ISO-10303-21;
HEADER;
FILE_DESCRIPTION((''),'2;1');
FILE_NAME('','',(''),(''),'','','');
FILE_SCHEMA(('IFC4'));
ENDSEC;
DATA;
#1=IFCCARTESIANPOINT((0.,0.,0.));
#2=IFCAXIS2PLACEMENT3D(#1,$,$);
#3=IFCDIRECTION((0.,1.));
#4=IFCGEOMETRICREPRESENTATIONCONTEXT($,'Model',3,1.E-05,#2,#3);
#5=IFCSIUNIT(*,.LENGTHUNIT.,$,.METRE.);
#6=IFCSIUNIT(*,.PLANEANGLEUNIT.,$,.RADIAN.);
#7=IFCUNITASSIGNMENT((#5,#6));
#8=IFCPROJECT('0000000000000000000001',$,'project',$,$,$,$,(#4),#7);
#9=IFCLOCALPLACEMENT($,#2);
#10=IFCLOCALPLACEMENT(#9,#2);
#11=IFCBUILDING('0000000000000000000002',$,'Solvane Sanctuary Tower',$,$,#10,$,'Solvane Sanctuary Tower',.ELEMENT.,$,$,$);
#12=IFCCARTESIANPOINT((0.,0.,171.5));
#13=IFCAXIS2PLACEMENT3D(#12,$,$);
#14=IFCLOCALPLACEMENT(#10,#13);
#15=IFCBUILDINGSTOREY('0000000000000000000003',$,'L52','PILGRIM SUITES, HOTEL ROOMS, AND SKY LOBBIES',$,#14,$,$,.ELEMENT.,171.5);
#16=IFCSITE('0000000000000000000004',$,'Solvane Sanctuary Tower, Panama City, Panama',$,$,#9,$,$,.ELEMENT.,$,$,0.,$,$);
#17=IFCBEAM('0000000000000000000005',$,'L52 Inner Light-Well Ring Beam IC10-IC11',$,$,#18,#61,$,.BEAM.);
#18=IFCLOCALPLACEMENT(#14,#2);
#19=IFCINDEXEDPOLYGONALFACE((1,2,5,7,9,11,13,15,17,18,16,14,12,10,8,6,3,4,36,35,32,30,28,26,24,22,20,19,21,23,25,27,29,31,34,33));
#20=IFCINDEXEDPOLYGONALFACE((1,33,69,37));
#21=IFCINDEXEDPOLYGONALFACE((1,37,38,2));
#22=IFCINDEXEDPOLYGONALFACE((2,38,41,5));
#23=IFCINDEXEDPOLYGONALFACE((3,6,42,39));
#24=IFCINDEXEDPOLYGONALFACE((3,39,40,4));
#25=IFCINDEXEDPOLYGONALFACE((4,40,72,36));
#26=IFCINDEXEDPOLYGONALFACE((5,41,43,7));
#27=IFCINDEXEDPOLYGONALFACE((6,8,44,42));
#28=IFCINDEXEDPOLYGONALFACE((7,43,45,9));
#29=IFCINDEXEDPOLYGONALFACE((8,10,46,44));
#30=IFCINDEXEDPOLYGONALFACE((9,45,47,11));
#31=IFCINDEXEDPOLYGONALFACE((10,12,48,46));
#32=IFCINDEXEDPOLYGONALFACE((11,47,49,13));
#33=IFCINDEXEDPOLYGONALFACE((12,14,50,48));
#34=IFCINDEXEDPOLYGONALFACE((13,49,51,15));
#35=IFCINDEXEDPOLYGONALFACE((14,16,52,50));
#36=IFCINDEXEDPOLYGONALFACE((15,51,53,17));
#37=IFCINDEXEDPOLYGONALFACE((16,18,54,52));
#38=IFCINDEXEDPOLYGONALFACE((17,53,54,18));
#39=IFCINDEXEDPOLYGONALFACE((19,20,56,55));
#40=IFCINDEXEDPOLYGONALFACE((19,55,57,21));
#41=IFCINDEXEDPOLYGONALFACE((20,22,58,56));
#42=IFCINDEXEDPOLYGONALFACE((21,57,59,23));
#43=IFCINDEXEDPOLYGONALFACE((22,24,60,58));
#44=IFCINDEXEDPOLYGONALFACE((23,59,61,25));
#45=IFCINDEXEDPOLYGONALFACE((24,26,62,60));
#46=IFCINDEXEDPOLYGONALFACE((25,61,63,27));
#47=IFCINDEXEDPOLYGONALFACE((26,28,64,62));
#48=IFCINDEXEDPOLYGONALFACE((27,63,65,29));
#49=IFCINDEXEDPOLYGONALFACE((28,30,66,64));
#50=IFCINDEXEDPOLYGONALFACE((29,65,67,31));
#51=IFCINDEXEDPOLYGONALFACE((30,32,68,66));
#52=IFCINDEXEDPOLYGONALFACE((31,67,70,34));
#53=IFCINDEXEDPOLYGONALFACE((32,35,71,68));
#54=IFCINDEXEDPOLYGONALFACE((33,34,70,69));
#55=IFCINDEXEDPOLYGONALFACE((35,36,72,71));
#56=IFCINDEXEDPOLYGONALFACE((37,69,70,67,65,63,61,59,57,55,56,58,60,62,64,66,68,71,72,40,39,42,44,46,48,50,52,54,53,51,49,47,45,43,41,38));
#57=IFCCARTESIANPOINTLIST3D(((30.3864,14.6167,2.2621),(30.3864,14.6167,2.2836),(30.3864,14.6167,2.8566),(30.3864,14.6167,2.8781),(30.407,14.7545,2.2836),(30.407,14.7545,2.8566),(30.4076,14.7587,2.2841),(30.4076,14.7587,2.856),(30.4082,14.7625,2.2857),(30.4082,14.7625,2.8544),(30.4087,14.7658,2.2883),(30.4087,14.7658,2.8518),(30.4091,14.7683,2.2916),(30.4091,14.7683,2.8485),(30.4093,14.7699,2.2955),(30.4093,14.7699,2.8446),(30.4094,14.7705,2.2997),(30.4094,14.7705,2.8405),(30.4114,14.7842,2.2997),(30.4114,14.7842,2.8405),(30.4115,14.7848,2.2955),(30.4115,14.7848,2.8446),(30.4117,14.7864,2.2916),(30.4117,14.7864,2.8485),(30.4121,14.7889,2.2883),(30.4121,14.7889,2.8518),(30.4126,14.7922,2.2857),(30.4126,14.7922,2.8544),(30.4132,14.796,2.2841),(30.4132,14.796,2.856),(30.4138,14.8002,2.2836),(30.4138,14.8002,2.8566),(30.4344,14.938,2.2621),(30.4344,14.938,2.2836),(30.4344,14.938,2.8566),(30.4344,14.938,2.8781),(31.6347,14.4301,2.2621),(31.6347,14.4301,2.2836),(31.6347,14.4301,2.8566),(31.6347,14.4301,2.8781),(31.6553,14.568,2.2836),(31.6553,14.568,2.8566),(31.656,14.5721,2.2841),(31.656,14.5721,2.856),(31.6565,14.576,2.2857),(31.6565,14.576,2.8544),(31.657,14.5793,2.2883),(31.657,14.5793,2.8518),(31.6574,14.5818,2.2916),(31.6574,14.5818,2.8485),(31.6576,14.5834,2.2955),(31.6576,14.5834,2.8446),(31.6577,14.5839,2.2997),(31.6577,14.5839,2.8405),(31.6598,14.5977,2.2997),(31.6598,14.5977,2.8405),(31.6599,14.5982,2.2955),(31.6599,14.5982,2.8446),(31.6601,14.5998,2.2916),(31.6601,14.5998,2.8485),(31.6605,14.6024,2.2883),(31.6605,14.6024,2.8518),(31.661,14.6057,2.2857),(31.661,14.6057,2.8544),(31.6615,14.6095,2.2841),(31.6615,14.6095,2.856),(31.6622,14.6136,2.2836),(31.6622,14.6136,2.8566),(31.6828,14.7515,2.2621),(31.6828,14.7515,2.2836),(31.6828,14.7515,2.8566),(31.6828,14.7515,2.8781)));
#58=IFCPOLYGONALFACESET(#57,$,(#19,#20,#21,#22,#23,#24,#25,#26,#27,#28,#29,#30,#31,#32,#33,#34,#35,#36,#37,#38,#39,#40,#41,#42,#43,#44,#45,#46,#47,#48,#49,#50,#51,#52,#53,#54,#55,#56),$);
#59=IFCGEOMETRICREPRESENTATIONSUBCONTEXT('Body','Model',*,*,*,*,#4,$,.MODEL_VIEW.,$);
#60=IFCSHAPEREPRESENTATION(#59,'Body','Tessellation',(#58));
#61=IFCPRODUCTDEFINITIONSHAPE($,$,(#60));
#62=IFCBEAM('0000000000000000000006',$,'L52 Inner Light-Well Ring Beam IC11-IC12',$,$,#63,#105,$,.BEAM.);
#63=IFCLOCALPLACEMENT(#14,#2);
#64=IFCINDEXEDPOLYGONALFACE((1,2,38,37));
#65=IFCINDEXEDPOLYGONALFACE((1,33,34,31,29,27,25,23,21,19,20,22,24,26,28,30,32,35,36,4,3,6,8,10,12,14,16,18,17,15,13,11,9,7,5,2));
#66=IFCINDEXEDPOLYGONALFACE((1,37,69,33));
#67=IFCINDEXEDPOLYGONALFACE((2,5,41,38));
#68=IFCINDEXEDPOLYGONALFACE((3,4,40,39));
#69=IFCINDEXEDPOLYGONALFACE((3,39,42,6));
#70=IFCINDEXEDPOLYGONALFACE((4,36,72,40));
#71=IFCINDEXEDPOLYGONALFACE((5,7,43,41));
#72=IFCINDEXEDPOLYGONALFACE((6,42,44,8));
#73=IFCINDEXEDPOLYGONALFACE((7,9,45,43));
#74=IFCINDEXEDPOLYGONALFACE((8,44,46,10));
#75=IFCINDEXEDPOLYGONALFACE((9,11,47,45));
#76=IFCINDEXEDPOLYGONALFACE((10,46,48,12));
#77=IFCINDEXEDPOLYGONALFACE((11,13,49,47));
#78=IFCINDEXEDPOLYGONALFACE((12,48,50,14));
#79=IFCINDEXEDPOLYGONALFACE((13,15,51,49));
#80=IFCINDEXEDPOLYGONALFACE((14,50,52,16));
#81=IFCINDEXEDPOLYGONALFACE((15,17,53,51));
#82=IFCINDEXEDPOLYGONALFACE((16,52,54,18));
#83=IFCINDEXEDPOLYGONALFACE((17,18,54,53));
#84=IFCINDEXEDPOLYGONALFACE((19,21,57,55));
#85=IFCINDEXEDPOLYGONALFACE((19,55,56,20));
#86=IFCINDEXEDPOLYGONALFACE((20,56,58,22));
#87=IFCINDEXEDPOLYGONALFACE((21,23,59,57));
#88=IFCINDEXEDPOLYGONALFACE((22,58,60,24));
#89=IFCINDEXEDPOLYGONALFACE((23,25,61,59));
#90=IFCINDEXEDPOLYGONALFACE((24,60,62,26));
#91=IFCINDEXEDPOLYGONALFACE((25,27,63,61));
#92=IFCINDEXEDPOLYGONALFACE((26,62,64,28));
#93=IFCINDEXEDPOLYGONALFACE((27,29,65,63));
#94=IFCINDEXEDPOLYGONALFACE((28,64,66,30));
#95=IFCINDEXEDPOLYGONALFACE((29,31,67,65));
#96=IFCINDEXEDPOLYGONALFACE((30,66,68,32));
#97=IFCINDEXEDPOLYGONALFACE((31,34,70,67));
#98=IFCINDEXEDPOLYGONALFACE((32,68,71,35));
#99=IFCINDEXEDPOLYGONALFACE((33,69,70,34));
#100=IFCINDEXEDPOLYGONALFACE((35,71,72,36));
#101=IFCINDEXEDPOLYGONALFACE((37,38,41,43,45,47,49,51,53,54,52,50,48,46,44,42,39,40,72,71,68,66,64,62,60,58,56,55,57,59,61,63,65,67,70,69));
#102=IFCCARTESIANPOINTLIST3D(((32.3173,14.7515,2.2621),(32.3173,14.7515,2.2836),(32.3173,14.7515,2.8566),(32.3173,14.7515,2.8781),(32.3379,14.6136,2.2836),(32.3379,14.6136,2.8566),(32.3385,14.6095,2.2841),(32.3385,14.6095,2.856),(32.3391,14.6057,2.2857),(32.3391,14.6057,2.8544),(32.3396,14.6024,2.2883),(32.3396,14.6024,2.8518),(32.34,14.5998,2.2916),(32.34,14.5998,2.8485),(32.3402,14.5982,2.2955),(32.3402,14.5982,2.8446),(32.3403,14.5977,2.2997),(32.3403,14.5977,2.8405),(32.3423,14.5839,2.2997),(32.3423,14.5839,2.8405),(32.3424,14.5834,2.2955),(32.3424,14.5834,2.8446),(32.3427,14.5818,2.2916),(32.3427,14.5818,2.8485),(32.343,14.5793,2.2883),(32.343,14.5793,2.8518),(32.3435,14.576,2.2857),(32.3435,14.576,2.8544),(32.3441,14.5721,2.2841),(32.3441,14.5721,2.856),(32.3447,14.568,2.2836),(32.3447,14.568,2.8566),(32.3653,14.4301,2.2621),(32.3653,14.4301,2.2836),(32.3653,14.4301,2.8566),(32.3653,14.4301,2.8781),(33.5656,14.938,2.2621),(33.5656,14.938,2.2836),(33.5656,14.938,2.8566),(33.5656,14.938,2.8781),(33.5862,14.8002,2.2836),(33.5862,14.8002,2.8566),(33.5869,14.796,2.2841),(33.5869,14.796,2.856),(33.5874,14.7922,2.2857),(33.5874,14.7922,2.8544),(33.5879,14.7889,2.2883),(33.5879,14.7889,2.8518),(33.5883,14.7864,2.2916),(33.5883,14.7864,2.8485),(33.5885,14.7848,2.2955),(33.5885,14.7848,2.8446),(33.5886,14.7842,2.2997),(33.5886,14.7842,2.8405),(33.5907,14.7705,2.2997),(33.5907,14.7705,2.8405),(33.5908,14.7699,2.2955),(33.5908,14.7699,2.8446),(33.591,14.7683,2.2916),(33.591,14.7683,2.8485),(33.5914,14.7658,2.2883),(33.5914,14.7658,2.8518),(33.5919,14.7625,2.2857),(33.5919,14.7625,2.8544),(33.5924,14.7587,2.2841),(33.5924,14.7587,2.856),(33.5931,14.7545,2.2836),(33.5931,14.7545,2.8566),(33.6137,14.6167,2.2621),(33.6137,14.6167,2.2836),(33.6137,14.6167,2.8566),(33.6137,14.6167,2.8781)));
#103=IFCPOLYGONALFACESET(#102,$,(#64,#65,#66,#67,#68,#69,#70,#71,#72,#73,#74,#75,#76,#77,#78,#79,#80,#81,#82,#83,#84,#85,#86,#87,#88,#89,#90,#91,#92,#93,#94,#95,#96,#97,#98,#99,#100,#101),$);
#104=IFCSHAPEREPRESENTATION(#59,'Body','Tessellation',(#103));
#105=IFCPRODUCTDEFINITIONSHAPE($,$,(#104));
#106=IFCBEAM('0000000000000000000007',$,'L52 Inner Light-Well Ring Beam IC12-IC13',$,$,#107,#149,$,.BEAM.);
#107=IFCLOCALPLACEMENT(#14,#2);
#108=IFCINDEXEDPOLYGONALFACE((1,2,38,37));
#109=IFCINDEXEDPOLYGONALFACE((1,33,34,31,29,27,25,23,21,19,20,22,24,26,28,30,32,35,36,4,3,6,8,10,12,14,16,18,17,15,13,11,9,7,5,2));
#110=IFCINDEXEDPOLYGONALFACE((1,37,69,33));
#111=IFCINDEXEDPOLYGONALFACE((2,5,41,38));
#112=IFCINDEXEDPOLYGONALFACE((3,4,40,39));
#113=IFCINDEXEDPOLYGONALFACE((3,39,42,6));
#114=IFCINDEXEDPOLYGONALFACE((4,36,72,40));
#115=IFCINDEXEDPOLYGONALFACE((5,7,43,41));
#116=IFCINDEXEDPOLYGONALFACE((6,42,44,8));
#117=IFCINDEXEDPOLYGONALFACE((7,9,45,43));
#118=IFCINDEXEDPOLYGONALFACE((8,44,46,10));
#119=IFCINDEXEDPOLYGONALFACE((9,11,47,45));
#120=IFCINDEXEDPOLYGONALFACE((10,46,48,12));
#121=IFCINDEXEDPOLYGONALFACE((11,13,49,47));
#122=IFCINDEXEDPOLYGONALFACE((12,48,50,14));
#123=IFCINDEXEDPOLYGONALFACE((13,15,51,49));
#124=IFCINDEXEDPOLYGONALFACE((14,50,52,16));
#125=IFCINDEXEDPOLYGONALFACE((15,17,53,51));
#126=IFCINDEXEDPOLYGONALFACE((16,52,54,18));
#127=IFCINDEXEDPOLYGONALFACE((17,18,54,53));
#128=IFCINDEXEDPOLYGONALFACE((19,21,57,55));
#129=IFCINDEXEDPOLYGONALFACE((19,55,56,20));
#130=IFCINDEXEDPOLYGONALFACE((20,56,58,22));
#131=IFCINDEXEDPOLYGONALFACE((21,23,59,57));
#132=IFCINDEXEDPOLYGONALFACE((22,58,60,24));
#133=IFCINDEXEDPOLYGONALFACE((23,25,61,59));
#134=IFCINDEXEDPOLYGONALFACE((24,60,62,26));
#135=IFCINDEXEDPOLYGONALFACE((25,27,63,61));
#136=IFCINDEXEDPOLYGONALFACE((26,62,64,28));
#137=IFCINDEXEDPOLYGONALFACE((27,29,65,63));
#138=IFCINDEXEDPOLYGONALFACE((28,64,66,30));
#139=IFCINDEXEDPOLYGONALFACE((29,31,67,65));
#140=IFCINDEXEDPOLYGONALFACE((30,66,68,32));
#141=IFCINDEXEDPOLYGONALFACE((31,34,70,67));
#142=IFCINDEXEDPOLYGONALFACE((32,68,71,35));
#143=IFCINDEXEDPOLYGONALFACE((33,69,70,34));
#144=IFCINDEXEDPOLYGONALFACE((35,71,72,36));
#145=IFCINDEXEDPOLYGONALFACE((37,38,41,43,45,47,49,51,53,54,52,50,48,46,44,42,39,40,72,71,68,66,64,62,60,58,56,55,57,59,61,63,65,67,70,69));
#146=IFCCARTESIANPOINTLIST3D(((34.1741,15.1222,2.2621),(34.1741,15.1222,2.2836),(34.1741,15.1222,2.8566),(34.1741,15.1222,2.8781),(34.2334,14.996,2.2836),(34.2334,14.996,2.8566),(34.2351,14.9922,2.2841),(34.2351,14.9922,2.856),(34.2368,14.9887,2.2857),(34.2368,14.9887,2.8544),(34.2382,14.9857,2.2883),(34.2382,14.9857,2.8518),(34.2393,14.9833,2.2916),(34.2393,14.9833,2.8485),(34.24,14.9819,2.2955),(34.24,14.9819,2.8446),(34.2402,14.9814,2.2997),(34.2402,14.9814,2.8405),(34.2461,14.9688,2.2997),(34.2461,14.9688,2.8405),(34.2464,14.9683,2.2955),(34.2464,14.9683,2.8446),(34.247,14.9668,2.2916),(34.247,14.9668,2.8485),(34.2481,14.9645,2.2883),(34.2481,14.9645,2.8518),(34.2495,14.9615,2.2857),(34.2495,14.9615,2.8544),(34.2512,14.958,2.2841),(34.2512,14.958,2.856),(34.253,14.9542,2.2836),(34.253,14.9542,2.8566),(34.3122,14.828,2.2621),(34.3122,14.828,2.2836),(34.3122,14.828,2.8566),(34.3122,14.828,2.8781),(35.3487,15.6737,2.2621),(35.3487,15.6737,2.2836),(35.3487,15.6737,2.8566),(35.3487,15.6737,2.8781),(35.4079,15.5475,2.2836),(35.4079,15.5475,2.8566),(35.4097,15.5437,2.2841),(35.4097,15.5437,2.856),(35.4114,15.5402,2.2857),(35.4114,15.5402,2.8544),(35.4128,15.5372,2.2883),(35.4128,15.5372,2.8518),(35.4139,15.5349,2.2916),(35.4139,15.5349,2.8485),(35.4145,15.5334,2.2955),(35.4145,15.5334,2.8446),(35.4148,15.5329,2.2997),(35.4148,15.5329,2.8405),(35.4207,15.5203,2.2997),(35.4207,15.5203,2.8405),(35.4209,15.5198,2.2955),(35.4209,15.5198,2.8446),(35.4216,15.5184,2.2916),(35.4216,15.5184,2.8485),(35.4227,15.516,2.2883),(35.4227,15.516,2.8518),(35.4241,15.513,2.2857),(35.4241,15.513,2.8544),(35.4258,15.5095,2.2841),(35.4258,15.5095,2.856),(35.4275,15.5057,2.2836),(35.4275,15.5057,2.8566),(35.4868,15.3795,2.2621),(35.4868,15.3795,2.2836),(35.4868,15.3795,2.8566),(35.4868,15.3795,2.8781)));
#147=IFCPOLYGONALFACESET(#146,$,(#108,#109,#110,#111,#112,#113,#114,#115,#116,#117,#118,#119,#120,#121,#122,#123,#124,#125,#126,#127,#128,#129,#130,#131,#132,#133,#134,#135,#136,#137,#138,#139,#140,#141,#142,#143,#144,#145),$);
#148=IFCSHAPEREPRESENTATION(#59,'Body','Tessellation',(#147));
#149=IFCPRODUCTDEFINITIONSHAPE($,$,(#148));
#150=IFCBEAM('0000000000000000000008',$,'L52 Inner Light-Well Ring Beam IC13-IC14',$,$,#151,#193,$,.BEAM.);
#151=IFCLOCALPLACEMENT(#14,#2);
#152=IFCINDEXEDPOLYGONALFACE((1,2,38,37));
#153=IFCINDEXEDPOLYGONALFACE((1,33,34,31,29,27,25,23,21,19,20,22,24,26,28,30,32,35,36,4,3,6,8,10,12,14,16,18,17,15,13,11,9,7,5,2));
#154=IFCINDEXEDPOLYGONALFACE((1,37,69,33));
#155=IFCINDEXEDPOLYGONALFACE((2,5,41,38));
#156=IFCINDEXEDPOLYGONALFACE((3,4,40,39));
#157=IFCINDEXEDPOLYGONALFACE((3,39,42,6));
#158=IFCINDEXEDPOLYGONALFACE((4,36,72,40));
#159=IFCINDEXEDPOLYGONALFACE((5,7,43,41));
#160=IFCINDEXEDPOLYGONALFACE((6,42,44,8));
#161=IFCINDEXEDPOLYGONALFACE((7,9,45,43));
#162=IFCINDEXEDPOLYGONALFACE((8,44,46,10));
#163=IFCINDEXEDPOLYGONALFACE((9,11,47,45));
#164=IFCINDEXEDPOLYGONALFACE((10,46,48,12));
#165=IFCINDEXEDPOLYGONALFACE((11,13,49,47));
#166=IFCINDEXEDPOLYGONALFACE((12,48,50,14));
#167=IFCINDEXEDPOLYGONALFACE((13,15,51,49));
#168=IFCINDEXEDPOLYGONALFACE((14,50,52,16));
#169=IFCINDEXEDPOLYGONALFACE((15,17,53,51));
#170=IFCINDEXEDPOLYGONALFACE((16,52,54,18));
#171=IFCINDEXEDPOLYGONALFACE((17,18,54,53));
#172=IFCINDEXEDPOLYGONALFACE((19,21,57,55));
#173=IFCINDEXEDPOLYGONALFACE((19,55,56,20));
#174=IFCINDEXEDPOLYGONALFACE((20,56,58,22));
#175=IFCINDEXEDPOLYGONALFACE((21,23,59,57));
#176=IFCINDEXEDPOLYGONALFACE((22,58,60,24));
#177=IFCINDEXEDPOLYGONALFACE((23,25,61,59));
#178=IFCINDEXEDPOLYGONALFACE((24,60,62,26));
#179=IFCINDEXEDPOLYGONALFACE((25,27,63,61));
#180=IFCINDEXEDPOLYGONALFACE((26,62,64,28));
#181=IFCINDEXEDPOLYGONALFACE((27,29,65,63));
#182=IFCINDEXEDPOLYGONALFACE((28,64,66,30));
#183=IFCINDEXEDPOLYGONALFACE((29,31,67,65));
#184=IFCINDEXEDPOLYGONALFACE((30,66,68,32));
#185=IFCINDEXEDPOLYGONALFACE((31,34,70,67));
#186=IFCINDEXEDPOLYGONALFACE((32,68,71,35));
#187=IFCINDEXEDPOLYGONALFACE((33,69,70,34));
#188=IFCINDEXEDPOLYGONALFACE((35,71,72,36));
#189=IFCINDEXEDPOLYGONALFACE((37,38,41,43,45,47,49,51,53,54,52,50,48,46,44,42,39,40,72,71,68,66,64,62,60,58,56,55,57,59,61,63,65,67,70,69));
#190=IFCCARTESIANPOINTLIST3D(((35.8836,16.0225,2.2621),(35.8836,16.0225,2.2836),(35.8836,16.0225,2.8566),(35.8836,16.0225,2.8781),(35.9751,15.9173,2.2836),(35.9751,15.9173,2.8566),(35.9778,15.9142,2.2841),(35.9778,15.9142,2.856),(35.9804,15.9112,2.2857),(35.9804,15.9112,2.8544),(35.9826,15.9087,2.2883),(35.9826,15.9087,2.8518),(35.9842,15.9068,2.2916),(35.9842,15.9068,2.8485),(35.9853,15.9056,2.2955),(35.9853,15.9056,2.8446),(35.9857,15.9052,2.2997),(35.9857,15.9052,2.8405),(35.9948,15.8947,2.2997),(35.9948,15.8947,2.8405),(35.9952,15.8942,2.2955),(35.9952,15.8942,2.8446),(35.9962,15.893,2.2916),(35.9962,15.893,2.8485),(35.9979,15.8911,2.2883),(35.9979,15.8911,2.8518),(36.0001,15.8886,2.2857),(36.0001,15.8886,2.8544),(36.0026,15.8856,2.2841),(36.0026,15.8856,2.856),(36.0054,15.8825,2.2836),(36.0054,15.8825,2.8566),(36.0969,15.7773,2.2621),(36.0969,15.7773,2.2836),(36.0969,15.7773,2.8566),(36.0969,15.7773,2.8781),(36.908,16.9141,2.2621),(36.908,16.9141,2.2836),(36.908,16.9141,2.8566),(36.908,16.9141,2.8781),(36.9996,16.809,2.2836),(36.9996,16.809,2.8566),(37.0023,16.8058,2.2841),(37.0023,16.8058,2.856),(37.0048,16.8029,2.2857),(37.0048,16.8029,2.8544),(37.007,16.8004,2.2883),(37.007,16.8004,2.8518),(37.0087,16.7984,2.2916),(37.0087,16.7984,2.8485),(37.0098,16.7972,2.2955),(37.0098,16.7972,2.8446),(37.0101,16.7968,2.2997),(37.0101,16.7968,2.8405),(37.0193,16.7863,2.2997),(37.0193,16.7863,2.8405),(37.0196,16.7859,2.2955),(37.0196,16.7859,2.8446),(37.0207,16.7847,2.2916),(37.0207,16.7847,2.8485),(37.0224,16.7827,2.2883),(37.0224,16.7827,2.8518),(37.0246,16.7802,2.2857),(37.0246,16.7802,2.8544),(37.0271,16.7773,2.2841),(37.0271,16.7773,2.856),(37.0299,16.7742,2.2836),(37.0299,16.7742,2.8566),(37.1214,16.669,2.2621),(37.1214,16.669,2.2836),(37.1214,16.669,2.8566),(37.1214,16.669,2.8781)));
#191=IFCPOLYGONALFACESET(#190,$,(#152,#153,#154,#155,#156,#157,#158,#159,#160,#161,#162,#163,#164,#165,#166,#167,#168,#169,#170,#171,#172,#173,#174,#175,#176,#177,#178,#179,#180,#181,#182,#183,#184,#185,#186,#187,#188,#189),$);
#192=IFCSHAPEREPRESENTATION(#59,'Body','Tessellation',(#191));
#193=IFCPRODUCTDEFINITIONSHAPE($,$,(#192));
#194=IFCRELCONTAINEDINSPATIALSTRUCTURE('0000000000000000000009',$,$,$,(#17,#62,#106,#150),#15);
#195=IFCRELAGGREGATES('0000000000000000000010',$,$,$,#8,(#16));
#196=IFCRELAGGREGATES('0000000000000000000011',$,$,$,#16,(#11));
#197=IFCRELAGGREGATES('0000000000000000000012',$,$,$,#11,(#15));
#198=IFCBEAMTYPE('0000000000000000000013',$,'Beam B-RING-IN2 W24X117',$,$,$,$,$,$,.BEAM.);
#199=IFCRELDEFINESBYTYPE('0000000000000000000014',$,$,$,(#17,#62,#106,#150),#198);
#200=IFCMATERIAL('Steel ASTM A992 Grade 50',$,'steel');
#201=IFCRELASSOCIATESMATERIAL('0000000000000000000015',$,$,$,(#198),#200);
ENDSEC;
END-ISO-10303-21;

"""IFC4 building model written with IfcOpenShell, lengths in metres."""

from ifc_helpers import new_model, si_unit, direction, frame, origin, origin_2d, place, context, subcontext, project, spatial, i_section, extrude, material, material_profile, profile_set, type_object, element, save


model = new_model("IFC4")

# Units and contexts
model_context = context("Model", 3, precision=1e-05, world=origin(), true_north=direction((0.0, 1.0)))
body_context = subcontext(model_context, "Body", "Model", "MODEL_VIEW")
ifc_project = project(units=[si_unit("LENGTHUNIT", "METRE"), si_unit("PLANEANGLEUNIT", "RADIAN")], contexts=[model_context])

# Site, building, storey
site_placement = place(None, origin())
site = spatial("IfcSite", under=ifc_project, at=site_placement, Name="Solvane Sanctuary Tower, Panama City, Panama", CompositionType="ELEMENT", RefElevation=0.0)
building_placement = place(site_placement, origin())
building = spatial("IfcBuilding", under=site, at=building_placement, Name="Solvane Sanctuary Tower", LongName="Solvane Sanctuary Tower", CompositionType="ELEMENT")
storey_placement = place(building_placement, frame((0.0, 0.0, 171.5)))
storey = spatial("IfcBuildingStorey", under=building, at=storey_placement, Name="L52", Description="PILGRIM SUITES, HOTEL ROOMS, AND SKY LOBBIES", CompositionType="ELEMENT", Elevation=171.5)

# Beams
ifc_material_1 = material(Name="Steel ASTM A992 Grade 50", Category="steel")
ifc_material_profile_1 = material_profile(ifc_material_1, i_section(OverallWidth=0.325, OverallDepth=0.616, WebThickness=0.0139, FlangeThickness=0.0215, FilletRadius=0.0161, at=origin_2d()), Name="W24X117")
ifc_profile_set_1 = profile_set([ifc_material_profile_1], Name="Steel ASTM A992 Grade 50")
beam_type_1 = type_object("IfcBeamType", Name="Beam B-RING-IN2 W24X117", PredefinedType="BEAM", material=ifc_profile_set_1)
for number, where, z_axis, x_axis, name in (
    (1, (30.4104, 14.7773, 2.5701), (0.98902, -0.147782, 0.0), (0.147782, 0.98902, 0.0), "L52 Inner Light-Well Ring Beam IC10-IC11"),
    (2, (32.3413, 14.5908, 2.5701), (0.98902, 0.147782, 0.0), (-0.147782, 0.98902, 0.0), "L52 Inner Light-Well Ring Beam IC11-IC12"),
):
    element("IfcBeam", number, at=place(storey_placement, frame(where, z_axis=z_axis, x_axis=x_axis)), inside=storey, type_object=beam_type_1, Name=name, PredefinedType="BEAM", context=body_context, shape_type="SweptSolid", body=[
        extrude(i_section(OverallWidth=0.325, OverallDepth=0.616, WebThickness=0.0139, FlangeThickness=0.0215, FilletRadius=0.0161, at=origin_2d()), origin(), (0.0, 0.0, 1.0), 1.2622),
    ])
beam_1_placement = place(storey_placement, frame((34.2432, 14.9751, 2.5701), z_axis=(0.905181, 0.425027, 0.0), x_axis=(-0.425027, 0.905181, 0.0)))
element("IfcBeam", 3, at=beam_1_placement, inside=storey, type_object=beam_type_1, Name="L52 Inner Light-Well Ring Beam IC12-IC13", PredefinedType="BEAM", context=body_context, shape_type="SweptSolid", body=[
    extrude(i_section(OverallWidth=0.325, OverallDepth=0.616, WebThickness=0.0139, FlangeThickness=0.0215, FilletRadius=0.0161, at=origin_2d()), origin(), (0.0, 0.0, 1.0), 1.2976),
])
beam_2_placement = place(storey_placement, frame((35.9902, 15.8999, 2.5701), z_axis=(0.754311, 0.656517, 0.0), x_axis=(-0.656517, 0.754311, 0.0)))
element("IfcBeam", 4, at=beam_2_placement, inside=storey, type_object=beam_type_1, Name="L52 Inner Light-Well Ring Beam IC13-IC14", PredefinedType="BEAM", context=body_context, shape_type="SweptSolid", body=[
    extrude(i_section(OverallWidth=0.325, OverallDepth=0.616, WebThickness=0.0139, FlangeThickness=0.0215, FilletRadius=0.0161, at=origin_2d()), origin(), (0.0, 0.0, 1.0), 1.3582),
])

save(model, "model.ifc")
